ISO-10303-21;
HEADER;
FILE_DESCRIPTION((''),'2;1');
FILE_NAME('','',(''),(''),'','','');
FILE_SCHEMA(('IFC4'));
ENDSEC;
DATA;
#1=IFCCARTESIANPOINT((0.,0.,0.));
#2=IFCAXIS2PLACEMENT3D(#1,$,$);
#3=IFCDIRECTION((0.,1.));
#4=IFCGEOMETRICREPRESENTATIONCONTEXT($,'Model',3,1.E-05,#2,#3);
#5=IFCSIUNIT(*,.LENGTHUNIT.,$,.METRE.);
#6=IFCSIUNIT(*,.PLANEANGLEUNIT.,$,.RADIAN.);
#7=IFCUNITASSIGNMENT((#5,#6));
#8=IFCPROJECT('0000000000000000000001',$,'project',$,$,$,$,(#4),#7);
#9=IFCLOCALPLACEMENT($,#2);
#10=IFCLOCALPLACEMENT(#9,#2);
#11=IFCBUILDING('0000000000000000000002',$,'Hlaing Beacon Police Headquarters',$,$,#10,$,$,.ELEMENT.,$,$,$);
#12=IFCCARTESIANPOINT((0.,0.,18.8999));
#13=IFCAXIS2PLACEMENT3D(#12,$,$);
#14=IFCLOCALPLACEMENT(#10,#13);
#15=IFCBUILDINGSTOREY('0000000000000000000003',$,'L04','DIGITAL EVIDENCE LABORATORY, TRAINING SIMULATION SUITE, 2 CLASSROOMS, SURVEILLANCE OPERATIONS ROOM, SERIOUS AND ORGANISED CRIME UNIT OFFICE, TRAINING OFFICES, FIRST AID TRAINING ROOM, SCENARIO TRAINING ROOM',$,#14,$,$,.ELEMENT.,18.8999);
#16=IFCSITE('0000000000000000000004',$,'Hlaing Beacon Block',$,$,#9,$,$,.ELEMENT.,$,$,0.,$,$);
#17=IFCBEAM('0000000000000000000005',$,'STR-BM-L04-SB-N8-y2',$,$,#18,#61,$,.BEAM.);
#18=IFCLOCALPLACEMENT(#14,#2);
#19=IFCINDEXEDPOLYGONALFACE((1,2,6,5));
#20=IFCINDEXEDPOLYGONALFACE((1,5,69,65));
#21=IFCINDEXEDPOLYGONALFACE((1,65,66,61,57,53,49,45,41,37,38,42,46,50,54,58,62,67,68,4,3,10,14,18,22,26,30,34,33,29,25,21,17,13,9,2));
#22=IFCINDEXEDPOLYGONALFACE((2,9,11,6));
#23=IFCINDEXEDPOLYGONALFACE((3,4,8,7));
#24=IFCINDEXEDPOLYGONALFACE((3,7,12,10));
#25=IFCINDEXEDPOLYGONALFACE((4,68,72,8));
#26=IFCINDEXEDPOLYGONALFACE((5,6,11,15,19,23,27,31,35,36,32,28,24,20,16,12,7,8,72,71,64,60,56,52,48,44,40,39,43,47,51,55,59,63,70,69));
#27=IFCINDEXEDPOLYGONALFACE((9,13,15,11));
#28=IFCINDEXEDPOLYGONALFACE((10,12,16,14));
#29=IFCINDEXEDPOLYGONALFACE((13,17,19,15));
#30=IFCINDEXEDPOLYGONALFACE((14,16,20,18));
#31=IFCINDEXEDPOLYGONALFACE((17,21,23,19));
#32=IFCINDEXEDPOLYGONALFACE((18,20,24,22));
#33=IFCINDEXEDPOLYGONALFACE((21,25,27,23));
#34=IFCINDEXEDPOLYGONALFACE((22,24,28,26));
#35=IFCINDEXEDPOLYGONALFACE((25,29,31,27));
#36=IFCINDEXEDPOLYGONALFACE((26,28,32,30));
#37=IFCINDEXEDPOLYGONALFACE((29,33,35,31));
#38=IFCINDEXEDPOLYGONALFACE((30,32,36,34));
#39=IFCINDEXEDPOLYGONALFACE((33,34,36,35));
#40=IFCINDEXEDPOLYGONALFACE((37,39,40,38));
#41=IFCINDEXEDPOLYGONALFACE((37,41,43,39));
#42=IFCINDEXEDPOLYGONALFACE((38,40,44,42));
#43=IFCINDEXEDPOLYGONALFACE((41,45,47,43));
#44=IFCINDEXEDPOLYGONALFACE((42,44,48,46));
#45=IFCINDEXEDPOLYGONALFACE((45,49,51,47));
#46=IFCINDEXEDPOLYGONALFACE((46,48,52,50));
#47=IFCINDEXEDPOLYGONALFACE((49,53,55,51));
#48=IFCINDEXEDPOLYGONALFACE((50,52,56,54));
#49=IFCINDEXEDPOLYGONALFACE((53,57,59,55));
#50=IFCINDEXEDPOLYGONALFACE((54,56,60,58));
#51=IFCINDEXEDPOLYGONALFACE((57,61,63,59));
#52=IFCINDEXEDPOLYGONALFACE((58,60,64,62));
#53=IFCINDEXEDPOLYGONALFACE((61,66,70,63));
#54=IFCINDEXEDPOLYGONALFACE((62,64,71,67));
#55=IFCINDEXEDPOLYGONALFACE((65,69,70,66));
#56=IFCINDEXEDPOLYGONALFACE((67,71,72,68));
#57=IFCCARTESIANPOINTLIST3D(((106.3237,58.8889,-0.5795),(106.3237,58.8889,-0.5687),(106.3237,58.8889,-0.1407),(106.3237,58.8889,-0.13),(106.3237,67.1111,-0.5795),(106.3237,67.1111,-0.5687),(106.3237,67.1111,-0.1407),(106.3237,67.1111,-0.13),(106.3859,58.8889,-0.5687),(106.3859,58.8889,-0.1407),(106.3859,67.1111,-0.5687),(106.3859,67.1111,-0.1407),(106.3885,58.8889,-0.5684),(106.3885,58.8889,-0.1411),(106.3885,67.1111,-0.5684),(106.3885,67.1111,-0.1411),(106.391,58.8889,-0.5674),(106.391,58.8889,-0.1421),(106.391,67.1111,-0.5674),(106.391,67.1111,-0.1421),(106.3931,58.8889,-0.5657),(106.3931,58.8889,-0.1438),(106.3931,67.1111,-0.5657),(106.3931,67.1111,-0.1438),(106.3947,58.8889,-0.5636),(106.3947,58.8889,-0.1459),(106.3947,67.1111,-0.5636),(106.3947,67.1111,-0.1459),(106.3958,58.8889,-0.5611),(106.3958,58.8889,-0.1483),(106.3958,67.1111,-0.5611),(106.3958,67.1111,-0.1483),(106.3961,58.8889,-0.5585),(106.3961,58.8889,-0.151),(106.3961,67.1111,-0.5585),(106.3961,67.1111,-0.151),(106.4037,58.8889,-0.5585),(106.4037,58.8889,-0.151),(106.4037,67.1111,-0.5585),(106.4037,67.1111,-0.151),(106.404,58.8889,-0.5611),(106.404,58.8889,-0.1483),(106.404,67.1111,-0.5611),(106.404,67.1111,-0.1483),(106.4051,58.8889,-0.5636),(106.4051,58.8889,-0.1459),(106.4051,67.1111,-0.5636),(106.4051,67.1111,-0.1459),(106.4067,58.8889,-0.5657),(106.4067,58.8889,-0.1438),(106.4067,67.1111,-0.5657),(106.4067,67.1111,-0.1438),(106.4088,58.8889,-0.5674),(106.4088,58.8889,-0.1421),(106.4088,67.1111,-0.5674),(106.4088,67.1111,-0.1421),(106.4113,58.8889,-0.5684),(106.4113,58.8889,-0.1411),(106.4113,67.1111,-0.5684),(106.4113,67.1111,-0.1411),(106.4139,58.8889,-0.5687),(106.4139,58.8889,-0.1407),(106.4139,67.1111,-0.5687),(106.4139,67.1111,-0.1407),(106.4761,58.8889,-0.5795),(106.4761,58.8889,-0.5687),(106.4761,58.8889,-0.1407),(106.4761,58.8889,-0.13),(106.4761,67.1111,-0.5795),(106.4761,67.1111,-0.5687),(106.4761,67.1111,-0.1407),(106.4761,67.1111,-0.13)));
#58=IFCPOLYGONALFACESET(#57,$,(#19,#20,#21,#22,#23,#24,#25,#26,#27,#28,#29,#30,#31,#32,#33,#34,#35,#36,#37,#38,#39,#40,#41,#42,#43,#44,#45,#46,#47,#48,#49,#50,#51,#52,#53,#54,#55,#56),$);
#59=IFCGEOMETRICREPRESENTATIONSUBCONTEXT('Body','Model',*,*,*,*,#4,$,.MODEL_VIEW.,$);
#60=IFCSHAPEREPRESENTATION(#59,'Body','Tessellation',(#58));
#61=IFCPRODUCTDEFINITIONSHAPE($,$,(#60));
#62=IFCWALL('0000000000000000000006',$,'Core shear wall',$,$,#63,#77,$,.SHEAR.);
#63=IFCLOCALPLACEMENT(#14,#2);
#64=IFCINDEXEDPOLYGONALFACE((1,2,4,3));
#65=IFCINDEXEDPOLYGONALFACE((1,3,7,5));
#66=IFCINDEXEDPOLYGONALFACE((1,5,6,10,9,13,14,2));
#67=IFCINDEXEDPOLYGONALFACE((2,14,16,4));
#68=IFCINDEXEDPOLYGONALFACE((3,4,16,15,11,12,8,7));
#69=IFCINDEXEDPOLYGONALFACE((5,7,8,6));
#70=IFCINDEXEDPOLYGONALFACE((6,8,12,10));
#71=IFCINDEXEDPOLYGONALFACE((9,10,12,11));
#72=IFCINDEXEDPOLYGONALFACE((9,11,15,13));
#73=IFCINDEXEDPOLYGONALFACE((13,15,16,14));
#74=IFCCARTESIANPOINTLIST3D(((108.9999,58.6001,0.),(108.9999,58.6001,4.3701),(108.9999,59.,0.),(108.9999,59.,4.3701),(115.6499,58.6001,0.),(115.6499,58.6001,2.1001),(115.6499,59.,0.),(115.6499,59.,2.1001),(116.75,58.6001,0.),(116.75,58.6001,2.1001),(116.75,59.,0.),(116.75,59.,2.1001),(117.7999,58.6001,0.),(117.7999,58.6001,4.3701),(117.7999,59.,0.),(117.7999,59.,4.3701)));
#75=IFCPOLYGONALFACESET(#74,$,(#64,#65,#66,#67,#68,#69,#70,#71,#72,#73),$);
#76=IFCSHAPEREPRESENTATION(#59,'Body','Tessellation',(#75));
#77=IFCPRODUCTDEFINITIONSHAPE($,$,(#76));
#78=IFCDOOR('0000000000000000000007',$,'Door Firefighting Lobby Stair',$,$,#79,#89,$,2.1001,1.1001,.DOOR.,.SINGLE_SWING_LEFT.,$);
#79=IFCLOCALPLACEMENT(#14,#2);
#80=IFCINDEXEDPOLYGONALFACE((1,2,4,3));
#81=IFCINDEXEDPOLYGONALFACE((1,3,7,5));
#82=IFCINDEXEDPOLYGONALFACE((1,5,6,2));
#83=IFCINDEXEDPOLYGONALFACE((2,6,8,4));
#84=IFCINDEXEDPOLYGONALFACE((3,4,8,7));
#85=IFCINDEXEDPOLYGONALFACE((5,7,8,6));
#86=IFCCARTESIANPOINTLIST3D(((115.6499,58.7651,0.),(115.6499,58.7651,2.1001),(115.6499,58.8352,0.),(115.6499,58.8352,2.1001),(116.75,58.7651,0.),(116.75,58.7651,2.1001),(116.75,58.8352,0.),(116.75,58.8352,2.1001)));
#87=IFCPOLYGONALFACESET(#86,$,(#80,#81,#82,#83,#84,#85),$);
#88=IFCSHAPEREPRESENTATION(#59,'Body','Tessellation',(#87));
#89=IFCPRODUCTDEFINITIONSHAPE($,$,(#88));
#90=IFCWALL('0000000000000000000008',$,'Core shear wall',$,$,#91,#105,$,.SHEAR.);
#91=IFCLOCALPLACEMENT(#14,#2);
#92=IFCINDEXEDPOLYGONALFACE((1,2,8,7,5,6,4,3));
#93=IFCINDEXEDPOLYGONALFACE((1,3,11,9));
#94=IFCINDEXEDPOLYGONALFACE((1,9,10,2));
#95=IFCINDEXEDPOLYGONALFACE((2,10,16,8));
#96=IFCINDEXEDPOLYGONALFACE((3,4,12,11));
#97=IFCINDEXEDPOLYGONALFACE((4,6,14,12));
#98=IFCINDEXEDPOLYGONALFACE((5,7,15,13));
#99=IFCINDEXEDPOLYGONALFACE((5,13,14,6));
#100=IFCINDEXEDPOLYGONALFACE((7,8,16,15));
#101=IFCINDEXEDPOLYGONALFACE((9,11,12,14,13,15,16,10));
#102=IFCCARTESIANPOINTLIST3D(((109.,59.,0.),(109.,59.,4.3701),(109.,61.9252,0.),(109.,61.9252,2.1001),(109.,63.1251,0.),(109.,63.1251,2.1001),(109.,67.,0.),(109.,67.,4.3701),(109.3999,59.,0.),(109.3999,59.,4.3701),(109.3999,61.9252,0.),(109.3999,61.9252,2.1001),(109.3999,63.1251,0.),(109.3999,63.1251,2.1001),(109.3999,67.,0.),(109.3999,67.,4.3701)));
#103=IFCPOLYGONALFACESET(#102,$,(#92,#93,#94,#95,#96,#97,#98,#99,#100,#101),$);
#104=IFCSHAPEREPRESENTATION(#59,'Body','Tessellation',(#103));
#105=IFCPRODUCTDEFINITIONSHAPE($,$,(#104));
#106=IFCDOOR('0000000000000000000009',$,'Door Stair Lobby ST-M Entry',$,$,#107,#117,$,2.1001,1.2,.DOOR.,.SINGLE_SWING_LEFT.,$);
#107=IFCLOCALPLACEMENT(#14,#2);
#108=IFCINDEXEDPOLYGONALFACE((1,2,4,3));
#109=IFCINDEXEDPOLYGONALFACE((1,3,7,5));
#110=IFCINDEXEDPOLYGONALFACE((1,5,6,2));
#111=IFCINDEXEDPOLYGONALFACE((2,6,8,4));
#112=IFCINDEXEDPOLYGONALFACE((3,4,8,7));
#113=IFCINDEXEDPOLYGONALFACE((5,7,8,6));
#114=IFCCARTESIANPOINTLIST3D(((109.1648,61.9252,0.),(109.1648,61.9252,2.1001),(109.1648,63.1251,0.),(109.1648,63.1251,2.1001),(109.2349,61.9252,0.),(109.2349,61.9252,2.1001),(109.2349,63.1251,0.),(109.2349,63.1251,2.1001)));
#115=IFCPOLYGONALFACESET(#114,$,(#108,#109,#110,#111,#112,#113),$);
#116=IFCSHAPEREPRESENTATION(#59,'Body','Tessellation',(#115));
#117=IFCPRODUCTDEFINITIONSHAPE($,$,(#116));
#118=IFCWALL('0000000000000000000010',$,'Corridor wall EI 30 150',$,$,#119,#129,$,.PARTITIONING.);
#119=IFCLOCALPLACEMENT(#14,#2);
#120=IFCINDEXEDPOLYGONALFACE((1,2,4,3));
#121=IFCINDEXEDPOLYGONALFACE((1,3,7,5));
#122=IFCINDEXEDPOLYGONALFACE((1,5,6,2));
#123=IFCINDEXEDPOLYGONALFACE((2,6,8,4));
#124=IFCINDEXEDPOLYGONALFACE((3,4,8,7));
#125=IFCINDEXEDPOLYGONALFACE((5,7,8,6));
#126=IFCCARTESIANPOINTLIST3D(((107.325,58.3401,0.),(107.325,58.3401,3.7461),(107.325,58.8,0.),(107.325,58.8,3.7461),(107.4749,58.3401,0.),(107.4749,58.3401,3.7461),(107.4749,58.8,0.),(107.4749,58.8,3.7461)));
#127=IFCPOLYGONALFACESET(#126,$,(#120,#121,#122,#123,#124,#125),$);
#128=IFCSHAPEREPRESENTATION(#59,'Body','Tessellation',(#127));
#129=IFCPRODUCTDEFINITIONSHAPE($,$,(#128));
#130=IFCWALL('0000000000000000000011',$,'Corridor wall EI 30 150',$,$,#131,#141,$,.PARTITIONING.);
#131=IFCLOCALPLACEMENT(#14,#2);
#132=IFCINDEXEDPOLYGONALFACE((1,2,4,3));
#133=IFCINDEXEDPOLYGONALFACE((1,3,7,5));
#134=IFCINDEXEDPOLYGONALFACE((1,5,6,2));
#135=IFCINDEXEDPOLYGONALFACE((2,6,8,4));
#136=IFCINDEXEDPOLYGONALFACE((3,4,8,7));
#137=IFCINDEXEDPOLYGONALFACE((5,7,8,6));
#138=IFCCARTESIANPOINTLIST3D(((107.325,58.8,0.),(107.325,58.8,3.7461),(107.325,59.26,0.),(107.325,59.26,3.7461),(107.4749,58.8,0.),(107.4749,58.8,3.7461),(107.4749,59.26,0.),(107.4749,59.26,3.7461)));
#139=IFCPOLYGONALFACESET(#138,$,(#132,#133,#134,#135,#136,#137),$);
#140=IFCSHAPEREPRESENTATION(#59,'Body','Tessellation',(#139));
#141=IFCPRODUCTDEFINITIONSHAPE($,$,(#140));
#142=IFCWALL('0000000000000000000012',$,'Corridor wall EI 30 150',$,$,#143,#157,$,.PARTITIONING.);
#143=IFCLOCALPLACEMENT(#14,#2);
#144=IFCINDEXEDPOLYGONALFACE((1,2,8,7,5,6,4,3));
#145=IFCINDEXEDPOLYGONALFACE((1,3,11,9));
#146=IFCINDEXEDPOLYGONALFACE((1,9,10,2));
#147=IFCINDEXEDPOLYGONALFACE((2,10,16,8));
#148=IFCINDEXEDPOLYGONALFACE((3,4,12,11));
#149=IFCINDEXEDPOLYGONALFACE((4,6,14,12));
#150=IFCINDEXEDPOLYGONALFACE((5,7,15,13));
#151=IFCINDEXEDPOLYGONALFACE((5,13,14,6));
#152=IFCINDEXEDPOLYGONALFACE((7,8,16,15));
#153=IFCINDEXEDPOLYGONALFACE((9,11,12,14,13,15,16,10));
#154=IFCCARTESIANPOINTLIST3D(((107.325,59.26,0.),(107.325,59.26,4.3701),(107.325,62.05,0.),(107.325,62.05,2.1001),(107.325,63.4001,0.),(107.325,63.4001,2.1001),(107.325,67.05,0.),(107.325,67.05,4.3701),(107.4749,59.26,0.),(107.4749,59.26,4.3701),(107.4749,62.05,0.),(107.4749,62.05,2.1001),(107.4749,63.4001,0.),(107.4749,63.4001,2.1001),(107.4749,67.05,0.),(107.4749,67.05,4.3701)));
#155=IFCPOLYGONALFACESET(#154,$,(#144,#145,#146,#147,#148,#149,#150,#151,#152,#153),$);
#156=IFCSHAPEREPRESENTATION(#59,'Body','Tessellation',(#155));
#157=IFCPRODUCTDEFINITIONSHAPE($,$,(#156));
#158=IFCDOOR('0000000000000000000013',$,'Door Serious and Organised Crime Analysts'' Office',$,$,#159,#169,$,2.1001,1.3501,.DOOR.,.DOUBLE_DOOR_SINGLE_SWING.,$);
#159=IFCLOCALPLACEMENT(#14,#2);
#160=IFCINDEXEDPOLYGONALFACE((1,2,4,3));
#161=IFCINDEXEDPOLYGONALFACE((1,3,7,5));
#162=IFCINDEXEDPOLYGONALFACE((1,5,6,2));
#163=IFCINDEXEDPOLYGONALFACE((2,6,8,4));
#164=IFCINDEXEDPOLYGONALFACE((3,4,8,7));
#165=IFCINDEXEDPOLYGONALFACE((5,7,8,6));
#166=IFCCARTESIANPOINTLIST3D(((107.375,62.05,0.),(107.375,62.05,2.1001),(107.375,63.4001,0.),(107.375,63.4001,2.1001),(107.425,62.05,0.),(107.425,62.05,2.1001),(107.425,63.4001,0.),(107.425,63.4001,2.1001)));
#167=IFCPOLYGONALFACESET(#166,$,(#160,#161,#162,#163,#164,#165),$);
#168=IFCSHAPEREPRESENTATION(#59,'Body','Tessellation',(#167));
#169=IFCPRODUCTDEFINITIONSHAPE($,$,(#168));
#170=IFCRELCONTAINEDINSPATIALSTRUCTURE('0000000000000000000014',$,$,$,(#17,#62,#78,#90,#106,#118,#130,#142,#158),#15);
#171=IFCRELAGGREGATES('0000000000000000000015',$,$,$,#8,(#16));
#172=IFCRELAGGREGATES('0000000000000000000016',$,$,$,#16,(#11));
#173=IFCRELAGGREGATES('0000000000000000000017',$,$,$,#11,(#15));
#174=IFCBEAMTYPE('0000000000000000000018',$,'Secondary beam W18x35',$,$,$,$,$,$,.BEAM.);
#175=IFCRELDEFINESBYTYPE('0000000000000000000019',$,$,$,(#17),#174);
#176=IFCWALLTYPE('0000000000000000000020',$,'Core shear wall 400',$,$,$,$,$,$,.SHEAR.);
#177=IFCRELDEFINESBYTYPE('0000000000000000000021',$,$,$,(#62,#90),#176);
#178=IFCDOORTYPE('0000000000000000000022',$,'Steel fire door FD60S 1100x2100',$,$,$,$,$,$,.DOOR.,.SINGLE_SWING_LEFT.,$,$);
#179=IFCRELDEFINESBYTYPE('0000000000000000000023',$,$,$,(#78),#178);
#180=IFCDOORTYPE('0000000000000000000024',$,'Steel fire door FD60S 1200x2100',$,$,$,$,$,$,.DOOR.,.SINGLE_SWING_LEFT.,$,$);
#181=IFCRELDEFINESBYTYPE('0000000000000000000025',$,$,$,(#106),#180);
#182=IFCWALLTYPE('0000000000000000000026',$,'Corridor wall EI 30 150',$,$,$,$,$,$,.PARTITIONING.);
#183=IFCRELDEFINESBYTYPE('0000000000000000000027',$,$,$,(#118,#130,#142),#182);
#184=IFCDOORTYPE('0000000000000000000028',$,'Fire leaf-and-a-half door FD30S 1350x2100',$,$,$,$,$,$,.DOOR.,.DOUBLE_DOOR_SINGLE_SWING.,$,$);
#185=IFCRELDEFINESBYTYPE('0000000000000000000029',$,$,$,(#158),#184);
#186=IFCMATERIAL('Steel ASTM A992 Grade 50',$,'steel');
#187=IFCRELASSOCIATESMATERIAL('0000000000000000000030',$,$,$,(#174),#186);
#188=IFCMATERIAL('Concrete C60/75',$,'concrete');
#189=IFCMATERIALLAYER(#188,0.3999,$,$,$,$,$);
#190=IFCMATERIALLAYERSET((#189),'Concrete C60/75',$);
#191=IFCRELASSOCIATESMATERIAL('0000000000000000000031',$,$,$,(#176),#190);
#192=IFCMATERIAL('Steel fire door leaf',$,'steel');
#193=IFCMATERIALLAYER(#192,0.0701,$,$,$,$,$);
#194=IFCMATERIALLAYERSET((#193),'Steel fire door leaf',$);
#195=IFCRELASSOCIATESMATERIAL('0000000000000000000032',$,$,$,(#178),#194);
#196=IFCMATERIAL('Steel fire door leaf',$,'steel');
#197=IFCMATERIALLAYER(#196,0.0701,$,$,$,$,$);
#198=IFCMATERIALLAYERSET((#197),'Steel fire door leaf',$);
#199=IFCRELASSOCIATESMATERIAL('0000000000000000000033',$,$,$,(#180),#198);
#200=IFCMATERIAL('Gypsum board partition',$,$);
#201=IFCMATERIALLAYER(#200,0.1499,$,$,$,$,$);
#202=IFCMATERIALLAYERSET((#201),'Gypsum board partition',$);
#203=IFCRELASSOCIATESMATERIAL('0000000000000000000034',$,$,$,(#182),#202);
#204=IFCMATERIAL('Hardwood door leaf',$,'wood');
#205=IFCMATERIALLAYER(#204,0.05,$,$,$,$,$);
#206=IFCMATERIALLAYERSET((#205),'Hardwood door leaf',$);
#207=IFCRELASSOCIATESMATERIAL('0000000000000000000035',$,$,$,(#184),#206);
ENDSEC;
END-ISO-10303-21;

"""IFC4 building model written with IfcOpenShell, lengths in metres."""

from ifc_helpers import new_model, si_unit, direction, frame, frame_2d, origin, origin_2d, place, context, subcontext, project, spatial, rectangle, i_section, extrude, material, layer, layer_set, material_profile, profile_set, type_object, element, fill, save


model = new_model("IFC4")

# Units and contexts
model_context = context("Model", 3, precision=1e-05, world=origin(), true_north=direction((0.0, 1.0)))
body_context = subcontext(model_context, "Body", "Model", "MODEL_VIEW")
ifc_project = project(units=[si_unit("LENGTHUNIT", "METRE"), si_unit("PLANEANGLEUNIT", "RADIAN")], contexts=[model_context])

# Site, building, storey
site_placement = place(None, origin())
site = spatial("IfcSite", under=ifc_project, at=site_placement, Name="Hlaing Beacon Block", CompositionType="ELEMENT", RefElevation=0.0)
building_placement = place(site_placement, origin())
building = spatial("IfcBuilding", under=site, at=building_placement, Name="Hlaing Beacon Police Headquarters", CompositionType="ELEMENT")
storey_placement = place(building_placement, frame((0.0, 0.0, 18.8999)))
storey = spatial("IfcBuildingStorey", under=building, at=storey_placement, Name="L04", Description="DIGITAL EVIDENCE LABORATORY, TRAINING SIMULATION SUITE, 2 CLASSROOMS, SURVEILLANCE OPERATIONS ROOM, SERIOUS AND ORGANISED CRIME UNIT OFFICE, TRAINING OFFICES, FIRST AID TRAINING ROOM, SCENARIO TRAINING ROOM", CompositionType="ELEMENT", Elevation=18.8999)

# Beam
ifc_material_1 = material(Name="Steel ASTM A992 Grade 50", Category="steel")
ifc_material_profile = material_profile(ifc_material_1, i_section(OverallWidth=0.1523, OverallDepth=0.4495, WebThickness=0.0076, FlangeThickness=0.0107, FilletRadius=0.0103, at=origin_2d()), Name="W18x35")
ifc_profile_set = profile_set([ifc_material_profile], Name="Steel ASTM A992 Grade 50")
beam_type = type_object("IfcBeamType", Name="Secondary beam W18x35", PredefinedType="BEAM", material=ifc_profile_set)
beam_placement = place(storey_placement, frame((106.3999, 58.8889, -0.3547), z_axis=(0.0, 1.0, 0.0), x_axis=(-1.0, 0.0, 0.0)))
element("IfcBeam", 1, at=beam_placement, inside=storey, type_object=beam_type, Name="STR-BM-L04-SB-N8-y2", PredefinedType="BEAM", context=body_context, shape_type="SweptSolid", body=[
    extrude(i_section(OverallWidth=0.1523, OverallDepth=0.4495, WebThickness=0.0076, FlangeThickness=0.0107, FilletRadius=0.0103, at=origin_2d()), origin(), (0.0, 0.0, 1.0), 8.2222),
])

# Walls, openings, doors
ifc_material_2 = material(Name="Concrete C60/75", Category="concrete")
ifc_layer_1 = layer(ifc_material_2, 0.3999)
ifc_layer_set_1 = layer_set([ifc_layer_1], Name="Concrete C60/75")
wall_type_1 = type_object("IfcWallType", Name="Core shear wall 400", PredefinedType="SHEAR", material=ifc_layer_set_1)
wall_1_placement = place(storey_placement, frame((109.0, 58.8, 0.0), z_axis=(0.0, 0.0, 1.0), x_axis=(1.0, 0.0, 0.0)))
wall_1 = element("IfcWall", 2, at=wall_1_placement, inside=storey, type_object=wall_type_1, Name="Core shear wall", PredefinedType="SHEAR", context=body_context, shape_type="SweptSolid", body=[
    extrude(rectangle(XDim=8.8, YDim=0.3999, at=frame_2d((4.3999, 0.0))), origin(), (0.0, 0.0, 1.0), 4.3701),
])
opening_1_placement = place(wall_1_placement, frame((6.6499, 0.0, 0.0)))
opening_1 = element("IfcOpeningElement", 3, at=opening_1_placement, cuts=wall_1, PredefinedType="OPENING", context=body_context, shape_type="SweptSolid", body=[
    extrude(rectangle(XDim=1.1001, YDim=2.1001, at=frame_2d((0.55, 1.05))), frame((0.0, 0.21, 0.0), z_axis=(0.0, -1.0, 0.0), x_axis=(1.0, 0.0, 0.0)), (0.0, 0.0, 1.0), 0.4199),
])
ifc_material_3 = material(Name="Steel fire door leaf", Category="steel")
ifc_layer_2 = layer(ifc_material_3, 0.0701)
ifc_layer_set_2 = layer_set([ifc_layer_2], Name="Steel fire door leaf")
door_type_1 = type_object("IfcDoorType", Name="Steel fire door FD60S 1100x2100", OperationType="SINGLE_SWING_LEFT", PredefinedType="DOOR", material=ifc_layer_set_2)
door_1_placement = place(opening_1_placement, origin())
door_1 = element("IfcDoor", 4, at=door_1_placement, inside=storey, type_object=door_type_1, Name="Door Firefighting Lobby Stair", OperationType="SINGLE_SWING_LEFT", OverallHeight=2.1001, OverallWidth=1.1001, PredefinedType="DOOR", context=body_context, shape_type="SweptSolid", body=[
    extrude(rectangle(XDim=1.1001, YDim=2.1001, at=frame_2d((0.55, 1.05))), frame((0.0, 0.0352, 0.0), z_axis=(0.0, -1.0, 0.0), x_axis=(1.0, 0.0, 0.0)), (0.0, 0.0, 1.0), 0.0701),
])
fill(opening_1, door_1)
wall_2_placement = place(storey_placement, frame((109.2, 59.0, 0.0), z_axis=(0.0, 0.0, 1.0), x_axis=(0.0, 1.0, 0.0)))
wall_2 = element("IfcWall", 5, at=wall_2_placement, inside=storey, type_object=wall_type_1, Name="Core shear wall", PredefinedType="SHEAR", context=body_context, shape_type="SweptSolid", body=[
    extrude(rectangle(XDim=8.0, YDim=0.3999, at=frame_2d((4.0, 0.0))), origin(), (0.0, 0.0, 1.0), 4.3701),
])
opening_2_placement = place(wall_2_placement, frame((2.925, 0.0, 0.0)))
opening_2 = element("IfcOpeningElement", 6, at=opening_2_placement, cuts=wall_2, PredefinedType="OPENING", context=body_context, shape_type="SweptSolid", body=[
    extrude(rectangle(XDim=1.2, YDim=2.1001, at=frame_2d((0.6001, 1.05))), frame((0.0, 0.21, 0.0), z_axis=(0.0, -1.0, 0.0), x_axis=(1.0, 0.0, 0.0)), (0.0, 0.0, 1.0), 0.4199),
])
ifc_material_4 = material(Name="Steel fire door leaf", Category="steel")
ifc_layer_3 = layer(ifc_material_4, 0.0701)
ifc_layer_set_3 = layer_set([ifc_layer_3], Name="Steel fire door leaf")
door_type_2 = type_object("IfcDoorType", Name="Steel fire door FD60S 1200x2100", OperationType="SINGLE_SWING_LEFT", PredefinedType="DOOR", material=ifc_layer_set_3)
door_2_placement = place(opening_2_placement, frame((1.2, 0.0, 0.0), z_axis=(0.0, 0.0, 1.0), x_axis=(-1.0, 0.0, 0.0)))
door_2 = element("IfcDoor", 7, at=door_2_placement, inside=storey, type_object=door_type_2, Name="Door Stair Lobby ST-M Entry", OperationType="SINGLE_SWING_LEFT", OverallHeight=2.1001, OverallWidth=1.2, PredefinedType="DOOR", context=body_context, shape_type="SweptSolid", body=[
    extrude(rectangle(XDim=1.2, YDim=2.1001, at=frame_2d((0.5999, 1.05))), frame((0.0, 0.0349, 0.0), z_axis=(0.0, -1.0, 0.0), x_axis=(1.0, 0.0, 0.0)), (0.0, 0.0, 1.0), 0.0701),
])
fill(opening_2, door_2)

# Walls
ifc_material_5 = material(Name="Gypsum board partition")
ifc_layer_4 = layer(ifc_material_5, 0.1499)
ifc_layer_set_4 = layer_set([ifc_layer_4], Name="Gypsum board partition")
wall_type_2 = type_object("IfcWallType", Name="Corridor wall EI 30 150", PredefinedType="PARTITIONING", material=ifc_layer_set_4)
for number, where, z_axis, x_axis, name in (
    (8, (107.3999, 58.3401, 0.0), (0.0, 0.0, 1.0), (0.0, 1.0, 0.0), "Corridor wall EI 30 150"),
    (9, (107.3999, 58.8, 0.0), (0.0, 0.0, 1.0), (0.0, 1.0, 0.0), "Corridor wall EI 30 150"),
):
    element("IfcWall", number, at=place(storey_placement, frame(where, z_axis=z_axis, x_axis=x_axis)), inside=storey, type_object=wall_type_2, Name=name, PredefinedType="PARTITIONING", context=body_context, shape_type="SweptSolid", body=[
        extrude(rectangle(XDim=0.46, YDim=0.1499, at=frame_2d((0.23, 0.0))), origin(), (0.0, 0.0, 1.0), 3.7461),
    ])

# Wall, opening, door
wall_3_placement = place(storey_placement, frame((107.3999, 59.26, 0.0), z_axis=(0.0, 0.0, 1.0), x_axis=(0.0, 1.0, 0.0)))
wall_3 = element("IfcWall", 10, at=wall_3_placement, inside=storey, type_object=wall_type_2, Name="Corridor wall EI 30 150", PredefinedType="PARTITIONING", context=body_context, shape_type="SweptSolid", body=[
    extrude(rectangle(XDim=7.79, YDim=0.1499, at=frame_2d((3.895, 0.0))), origin(), (0.0, 0.0, 1.0), 4.3701),
])
opening_3_placement = place(wall_3_placement, frame((2.79, 0.0, 0.0)))
opening_3 = element("IfcOpeningElement", 11, at=opening_3_placement, cuts=wall_3, PredefinedType="OPENING", context=body_context, shape_type="SweptSolid", body=[
    extrude(rectangle(XDim=1.3501, YDim=2.1001, at=frame_2d((0.675, 1.05))), frame((0.0, 0.085, 0.0), z_axis=(0.0, -1.0, 0.0), x_axis=(1.0, 0.0, 0.0)), (0.0, 0.0, 1.0), 0.1699),
])
ifc_material_6 = material(Name="Hardwood door leaf", Category="wood")
ifc_layer_5 = layer(ifc_material_6, 0.05)
ifc_layer_set_5 = layer_set([ifc_layer_5], Name="Hardwood door leaf")
door_type_3 = type_object("IfcDoorType", Name="Fire leaf-and-a-half door FD30S 1350x2100", OperationType="DOUBLE_DOOR_SINGLE_SWING", PredefinedType="DOOR", material=ifc_layer_set_5)
door_3_placement = place(opening_3_placement, origin())
door_3 = element("IfcDoor", 12, at=door_3_placement, inside=storey, type_object=door_type_3, Name="Door Serious and Organised Crime Analysts' Office", OperationType="DOUBLE_DOOR_SINGLE_SWING", OverallHeight=2.1001, OverallWidth=1.3501, PredefinedType="DOOR", context=body_context, shape_type="SweptSolid", body=[
    extrude(rectangle(XDim=1.3501, YDim=2.1001, at=frame_2d((0.675, 1.05))), frame((0.0, 0.0249, 0.0), z_axis=(0.0, -1.0, 0.0), x_axis=(1.0, 0.0, 0.0)), (0.0, 0.0, 1.0), 0.05),
])
fill(opening_3, door_3)

save(model, "model.ifc")
